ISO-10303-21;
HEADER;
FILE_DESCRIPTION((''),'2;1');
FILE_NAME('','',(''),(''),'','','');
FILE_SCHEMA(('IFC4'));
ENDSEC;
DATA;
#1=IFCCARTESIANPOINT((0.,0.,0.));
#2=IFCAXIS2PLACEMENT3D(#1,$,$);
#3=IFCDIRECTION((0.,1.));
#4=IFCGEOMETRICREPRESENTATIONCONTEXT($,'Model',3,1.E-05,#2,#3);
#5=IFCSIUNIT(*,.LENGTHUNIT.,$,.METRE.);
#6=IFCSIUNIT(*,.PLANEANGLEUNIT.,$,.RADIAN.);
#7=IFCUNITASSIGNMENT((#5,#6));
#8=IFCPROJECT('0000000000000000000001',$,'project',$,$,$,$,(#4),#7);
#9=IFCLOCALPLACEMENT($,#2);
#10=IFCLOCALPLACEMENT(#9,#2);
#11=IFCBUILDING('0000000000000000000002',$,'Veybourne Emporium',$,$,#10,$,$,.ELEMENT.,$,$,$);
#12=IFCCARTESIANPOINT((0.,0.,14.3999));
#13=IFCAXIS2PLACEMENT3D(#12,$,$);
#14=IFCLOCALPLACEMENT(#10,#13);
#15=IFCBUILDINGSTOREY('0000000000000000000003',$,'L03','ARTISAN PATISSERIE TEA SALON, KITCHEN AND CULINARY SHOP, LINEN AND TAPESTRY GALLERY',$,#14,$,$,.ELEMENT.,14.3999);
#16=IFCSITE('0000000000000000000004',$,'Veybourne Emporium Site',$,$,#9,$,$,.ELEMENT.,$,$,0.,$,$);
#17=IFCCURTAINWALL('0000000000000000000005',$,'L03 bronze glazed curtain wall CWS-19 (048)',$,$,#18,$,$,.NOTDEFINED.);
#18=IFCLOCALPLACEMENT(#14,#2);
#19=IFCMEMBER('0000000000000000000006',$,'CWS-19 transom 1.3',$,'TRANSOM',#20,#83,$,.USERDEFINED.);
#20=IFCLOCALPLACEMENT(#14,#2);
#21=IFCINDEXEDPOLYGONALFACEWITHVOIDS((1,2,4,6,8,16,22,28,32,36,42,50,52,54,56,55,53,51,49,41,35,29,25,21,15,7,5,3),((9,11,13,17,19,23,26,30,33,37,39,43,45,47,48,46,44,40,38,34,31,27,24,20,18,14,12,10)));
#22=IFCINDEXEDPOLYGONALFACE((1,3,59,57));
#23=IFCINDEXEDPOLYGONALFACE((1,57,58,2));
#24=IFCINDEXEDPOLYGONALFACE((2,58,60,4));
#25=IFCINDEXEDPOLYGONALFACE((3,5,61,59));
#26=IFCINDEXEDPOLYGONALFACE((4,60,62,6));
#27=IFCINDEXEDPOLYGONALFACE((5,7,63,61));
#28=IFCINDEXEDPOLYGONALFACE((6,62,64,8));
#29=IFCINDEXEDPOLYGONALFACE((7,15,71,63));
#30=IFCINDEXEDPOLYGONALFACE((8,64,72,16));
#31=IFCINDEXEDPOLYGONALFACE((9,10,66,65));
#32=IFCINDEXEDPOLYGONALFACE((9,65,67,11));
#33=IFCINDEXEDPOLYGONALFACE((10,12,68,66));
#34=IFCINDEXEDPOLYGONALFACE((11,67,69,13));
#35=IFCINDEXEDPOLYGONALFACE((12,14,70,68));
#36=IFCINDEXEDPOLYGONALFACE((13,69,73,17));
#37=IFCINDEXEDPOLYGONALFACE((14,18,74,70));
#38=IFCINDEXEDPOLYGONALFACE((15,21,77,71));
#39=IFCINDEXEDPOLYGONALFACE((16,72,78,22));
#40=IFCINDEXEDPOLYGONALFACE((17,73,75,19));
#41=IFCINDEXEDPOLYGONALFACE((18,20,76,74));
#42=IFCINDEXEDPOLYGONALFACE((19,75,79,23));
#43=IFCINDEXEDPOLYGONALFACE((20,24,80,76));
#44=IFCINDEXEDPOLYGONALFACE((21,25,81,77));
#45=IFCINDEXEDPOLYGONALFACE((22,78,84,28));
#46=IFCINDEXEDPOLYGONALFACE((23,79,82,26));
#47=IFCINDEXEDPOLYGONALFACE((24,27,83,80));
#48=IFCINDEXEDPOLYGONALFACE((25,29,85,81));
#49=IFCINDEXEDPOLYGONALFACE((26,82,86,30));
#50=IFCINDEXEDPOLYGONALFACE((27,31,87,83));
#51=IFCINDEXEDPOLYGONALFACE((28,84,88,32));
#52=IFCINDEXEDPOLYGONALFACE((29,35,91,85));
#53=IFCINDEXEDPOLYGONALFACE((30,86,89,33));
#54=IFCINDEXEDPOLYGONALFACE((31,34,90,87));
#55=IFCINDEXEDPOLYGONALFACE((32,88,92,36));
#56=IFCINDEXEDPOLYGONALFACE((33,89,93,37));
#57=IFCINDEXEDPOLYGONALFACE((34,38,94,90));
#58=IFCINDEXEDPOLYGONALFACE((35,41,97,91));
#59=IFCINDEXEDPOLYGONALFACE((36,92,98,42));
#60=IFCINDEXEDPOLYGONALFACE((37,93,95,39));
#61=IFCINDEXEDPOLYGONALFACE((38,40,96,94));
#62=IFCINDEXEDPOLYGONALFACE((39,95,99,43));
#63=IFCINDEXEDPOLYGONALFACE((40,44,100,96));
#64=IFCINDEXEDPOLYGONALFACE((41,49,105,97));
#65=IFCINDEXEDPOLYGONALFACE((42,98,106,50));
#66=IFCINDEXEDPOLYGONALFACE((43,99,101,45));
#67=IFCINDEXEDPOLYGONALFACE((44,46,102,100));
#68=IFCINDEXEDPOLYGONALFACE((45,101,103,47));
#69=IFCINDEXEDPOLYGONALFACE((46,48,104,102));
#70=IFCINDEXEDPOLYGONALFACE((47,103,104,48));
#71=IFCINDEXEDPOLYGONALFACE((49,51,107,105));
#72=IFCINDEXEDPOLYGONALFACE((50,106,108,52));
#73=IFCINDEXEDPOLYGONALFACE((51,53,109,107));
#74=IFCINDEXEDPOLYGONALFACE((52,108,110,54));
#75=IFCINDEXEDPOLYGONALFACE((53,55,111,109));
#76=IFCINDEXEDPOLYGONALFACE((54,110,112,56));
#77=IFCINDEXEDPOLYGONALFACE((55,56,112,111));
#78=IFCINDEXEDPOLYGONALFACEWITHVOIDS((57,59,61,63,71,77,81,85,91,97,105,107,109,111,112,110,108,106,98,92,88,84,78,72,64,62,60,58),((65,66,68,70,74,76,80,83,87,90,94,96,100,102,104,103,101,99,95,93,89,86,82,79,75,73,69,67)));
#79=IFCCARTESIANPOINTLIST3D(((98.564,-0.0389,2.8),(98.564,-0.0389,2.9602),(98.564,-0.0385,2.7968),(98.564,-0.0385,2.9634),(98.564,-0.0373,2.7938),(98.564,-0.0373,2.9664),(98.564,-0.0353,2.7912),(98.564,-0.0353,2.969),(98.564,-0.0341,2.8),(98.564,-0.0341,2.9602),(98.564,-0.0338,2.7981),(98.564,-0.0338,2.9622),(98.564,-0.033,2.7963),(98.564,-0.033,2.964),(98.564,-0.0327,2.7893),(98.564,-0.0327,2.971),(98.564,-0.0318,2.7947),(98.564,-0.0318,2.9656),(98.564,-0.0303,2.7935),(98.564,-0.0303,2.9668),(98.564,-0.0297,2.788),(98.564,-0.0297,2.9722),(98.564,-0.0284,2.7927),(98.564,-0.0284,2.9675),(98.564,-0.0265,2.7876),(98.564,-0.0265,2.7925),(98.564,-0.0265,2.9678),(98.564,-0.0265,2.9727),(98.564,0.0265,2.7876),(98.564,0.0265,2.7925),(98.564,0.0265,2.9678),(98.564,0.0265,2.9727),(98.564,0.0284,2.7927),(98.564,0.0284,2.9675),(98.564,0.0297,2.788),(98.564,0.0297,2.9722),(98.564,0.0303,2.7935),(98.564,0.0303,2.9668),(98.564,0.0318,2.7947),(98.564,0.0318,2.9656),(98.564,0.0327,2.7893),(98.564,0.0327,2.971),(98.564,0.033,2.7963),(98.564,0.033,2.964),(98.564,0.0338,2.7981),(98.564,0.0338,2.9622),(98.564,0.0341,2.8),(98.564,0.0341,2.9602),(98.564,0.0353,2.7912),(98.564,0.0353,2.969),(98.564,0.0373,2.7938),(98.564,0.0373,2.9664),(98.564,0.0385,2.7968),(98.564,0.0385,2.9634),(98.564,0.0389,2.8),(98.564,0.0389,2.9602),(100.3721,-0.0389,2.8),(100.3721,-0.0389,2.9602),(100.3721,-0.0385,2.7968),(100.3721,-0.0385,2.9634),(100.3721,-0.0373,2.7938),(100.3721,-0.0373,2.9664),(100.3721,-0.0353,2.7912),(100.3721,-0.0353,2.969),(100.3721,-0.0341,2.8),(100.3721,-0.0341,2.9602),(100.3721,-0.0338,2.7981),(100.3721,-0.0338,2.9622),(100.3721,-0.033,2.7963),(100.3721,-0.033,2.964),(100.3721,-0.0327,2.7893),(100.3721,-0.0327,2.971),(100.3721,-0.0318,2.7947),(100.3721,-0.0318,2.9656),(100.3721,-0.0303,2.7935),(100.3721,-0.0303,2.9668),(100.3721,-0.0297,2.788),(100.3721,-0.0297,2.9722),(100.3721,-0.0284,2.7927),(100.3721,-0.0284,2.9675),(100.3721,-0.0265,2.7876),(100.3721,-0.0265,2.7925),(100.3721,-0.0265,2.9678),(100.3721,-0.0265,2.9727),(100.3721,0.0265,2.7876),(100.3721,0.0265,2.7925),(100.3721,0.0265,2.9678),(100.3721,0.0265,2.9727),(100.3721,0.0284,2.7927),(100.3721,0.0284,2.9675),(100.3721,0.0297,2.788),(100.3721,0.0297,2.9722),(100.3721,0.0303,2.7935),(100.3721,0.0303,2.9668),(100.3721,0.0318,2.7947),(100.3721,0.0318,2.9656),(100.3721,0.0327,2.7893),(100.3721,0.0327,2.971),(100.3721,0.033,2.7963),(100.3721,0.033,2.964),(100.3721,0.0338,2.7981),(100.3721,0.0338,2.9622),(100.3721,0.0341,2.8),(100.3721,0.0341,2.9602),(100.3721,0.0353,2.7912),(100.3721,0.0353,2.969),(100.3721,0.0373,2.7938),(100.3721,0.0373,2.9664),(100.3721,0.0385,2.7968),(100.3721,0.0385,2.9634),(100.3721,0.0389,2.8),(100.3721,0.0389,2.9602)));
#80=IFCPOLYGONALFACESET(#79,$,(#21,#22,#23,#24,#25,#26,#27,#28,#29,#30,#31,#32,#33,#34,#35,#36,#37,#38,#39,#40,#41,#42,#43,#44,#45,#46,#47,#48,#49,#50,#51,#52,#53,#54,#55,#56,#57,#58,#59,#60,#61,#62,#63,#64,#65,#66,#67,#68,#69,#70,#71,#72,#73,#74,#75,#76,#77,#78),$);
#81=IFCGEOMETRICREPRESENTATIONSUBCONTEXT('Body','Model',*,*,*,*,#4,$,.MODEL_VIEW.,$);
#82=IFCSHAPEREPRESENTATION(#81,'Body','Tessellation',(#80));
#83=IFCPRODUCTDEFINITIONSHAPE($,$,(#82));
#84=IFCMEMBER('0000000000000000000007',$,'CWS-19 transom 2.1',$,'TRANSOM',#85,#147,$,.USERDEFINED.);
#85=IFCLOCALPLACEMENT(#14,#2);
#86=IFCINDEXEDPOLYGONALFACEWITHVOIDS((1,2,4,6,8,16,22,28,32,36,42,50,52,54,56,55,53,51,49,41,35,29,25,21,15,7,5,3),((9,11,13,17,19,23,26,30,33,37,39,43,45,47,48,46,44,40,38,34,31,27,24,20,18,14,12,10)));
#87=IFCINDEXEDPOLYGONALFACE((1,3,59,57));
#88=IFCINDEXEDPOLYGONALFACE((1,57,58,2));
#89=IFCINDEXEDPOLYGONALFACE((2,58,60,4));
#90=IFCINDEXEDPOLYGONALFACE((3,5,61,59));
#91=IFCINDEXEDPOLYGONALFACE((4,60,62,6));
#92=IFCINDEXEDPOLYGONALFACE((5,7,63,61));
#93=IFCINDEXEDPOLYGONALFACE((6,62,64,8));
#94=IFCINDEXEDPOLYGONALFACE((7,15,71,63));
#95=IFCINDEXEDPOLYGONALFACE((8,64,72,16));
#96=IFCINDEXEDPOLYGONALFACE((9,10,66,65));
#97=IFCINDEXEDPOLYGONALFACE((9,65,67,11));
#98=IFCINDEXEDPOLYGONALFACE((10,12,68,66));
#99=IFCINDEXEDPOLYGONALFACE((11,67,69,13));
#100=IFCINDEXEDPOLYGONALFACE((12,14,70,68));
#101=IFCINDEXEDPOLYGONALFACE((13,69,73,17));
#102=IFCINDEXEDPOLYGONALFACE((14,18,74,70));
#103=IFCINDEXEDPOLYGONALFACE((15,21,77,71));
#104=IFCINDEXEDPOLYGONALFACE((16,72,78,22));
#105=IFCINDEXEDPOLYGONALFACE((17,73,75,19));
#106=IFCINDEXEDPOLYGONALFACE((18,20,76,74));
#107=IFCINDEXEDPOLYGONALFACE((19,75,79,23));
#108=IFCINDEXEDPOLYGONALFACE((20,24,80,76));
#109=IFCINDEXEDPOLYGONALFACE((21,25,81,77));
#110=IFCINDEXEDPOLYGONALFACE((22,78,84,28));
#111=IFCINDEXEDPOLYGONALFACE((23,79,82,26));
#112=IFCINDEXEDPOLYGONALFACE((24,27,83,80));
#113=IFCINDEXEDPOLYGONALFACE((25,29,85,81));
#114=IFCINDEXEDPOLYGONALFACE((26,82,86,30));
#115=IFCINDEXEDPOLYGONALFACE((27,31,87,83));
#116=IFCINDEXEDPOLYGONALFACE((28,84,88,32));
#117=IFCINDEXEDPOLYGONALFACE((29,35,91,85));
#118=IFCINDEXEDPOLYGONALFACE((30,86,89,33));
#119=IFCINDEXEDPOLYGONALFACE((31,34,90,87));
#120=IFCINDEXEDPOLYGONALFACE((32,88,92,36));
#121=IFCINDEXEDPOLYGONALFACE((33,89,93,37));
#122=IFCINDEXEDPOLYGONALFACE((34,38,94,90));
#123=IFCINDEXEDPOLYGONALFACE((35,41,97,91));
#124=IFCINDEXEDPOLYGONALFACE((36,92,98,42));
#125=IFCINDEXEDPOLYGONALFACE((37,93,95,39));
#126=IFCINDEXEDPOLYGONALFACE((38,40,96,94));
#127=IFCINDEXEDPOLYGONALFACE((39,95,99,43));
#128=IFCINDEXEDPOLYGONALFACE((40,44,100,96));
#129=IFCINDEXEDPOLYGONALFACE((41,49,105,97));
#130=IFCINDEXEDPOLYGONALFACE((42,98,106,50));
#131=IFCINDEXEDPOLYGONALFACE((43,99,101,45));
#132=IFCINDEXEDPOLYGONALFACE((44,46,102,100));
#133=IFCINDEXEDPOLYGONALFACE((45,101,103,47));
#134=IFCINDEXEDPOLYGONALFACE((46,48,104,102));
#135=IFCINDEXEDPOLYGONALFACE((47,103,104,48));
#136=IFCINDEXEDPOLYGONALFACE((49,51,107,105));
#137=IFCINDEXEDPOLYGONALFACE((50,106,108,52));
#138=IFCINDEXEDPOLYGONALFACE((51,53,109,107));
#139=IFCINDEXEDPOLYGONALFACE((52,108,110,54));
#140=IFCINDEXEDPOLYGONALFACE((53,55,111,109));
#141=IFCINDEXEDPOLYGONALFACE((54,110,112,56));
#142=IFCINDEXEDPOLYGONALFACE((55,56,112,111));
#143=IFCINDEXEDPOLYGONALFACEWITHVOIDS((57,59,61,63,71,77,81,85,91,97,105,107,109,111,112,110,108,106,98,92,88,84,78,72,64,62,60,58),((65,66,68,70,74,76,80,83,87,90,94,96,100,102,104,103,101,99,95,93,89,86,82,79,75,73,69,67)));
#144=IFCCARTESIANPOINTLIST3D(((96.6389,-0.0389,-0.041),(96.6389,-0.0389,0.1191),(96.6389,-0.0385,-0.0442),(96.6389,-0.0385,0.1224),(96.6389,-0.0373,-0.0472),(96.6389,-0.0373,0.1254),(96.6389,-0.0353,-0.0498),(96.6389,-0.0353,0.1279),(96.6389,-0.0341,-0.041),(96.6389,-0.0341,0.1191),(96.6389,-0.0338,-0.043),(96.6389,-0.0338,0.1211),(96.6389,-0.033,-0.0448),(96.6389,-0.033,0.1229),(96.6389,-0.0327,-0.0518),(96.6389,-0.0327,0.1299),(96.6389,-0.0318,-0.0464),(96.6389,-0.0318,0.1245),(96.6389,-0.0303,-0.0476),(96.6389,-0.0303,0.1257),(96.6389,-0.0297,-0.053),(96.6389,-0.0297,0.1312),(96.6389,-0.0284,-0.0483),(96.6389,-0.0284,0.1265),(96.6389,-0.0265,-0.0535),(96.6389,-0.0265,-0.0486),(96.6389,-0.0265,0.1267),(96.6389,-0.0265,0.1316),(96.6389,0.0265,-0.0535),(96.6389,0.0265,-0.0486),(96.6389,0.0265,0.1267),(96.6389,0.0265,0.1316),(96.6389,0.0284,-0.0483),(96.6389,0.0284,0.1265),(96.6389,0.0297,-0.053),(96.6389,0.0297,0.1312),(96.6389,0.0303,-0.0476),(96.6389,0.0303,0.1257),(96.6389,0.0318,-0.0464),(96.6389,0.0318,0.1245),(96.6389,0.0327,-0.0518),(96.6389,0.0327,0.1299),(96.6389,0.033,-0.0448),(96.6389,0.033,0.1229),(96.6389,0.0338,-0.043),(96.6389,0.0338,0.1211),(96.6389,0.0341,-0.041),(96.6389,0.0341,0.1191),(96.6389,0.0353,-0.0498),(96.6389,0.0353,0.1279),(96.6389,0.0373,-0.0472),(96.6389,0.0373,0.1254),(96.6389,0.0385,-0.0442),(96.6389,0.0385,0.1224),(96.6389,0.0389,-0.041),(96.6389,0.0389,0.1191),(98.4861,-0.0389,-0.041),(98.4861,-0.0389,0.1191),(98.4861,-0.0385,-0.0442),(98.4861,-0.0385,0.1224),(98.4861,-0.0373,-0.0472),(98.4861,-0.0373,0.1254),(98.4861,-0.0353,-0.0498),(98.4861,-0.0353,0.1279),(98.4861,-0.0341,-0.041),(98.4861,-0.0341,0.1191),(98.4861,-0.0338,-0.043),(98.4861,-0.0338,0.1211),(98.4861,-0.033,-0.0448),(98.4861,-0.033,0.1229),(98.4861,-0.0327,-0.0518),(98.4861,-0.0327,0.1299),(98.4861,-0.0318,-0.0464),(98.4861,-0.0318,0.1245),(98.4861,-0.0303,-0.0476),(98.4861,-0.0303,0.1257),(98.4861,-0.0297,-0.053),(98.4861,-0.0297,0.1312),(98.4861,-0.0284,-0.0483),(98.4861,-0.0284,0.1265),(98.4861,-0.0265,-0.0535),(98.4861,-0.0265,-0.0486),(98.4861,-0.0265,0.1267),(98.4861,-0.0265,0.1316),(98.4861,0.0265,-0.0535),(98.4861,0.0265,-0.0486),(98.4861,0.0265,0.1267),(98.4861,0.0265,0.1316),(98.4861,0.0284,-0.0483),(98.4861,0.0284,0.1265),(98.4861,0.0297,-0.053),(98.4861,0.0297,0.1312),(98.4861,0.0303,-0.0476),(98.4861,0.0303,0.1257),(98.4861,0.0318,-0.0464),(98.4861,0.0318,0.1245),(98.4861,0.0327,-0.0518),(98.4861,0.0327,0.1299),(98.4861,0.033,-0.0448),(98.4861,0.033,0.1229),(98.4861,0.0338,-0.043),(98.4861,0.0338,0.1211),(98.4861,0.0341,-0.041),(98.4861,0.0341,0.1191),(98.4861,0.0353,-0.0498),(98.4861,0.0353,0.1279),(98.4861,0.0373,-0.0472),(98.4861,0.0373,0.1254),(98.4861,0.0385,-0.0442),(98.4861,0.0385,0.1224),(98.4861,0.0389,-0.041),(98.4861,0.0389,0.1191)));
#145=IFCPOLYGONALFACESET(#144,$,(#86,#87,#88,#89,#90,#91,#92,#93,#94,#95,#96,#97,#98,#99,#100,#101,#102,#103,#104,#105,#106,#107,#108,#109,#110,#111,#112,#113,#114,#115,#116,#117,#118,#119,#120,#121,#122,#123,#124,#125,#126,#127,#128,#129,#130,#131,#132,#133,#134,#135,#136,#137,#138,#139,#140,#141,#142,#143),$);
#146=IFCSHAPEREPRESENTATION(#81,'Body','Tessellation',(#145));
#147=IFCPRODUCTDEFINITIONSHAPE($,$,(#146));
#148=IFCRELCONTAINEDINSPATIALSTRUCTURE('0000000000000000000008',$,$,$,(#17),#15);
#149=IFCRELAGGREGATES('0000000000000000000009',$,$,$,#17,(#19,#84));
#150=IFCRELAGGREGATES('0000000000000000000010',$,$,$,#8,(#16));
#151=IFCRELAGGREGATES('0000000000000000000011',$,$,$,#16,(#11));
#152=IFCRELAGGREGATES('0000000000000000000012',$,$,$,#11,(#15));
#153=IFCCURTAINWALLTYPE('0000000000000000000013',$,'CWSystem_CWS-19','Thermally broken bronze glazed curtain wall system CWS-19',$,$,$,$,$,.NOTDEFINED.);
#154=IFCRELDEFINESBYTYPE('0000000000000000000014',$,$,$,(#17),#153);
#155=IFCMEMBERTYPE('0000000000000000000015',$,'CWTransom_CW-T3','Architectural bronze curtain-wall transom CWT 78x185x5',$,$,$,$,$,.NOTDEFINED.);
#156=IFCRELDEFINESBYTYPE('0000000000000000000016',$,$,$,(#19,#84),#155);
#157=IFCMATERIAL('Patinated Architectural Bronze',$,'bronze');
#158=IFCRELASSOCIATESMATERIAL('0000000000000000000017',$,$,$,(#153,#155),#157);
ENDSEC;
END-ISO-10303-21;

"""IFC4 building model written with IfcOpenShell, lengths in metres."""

from ifc_helpers import new_model, si_unit, direction, frame, origin, origin_2d, place, context, subcontext, project, spatial, hollow_rectangle, extrude, material, material_profile, profile_set, type_object, element, aggregate, save


model = new_model("IFC4")

# Units and contexts
model_context = context("Model", 3, precision=1e-05, world=origin(), true_north=direction((0.0, 1.0)))
body_context = subcontext(model_context, "Body", "Model", "MODEL_VIEW")
ifc_project = project(units=[si_unit("LENGTHUNIT", "METRE"), si_unit("PLANEANGLEUNIT", "RADIAN")], contexts=[model_context])

# Site, building, storey
site_placement = place(None, origin())
site = spatial("IfcSite", under=ifc_project, at=site_placement, Name="Veybourne Emporium Site", CompositionType="ELEMENT", RefElevation=0.0)
building_placement = place(site_placement, origin())
building = spatial("IfcBuilding", under=site, at=building_placement, Name="Veybourne Emporium", CompositionType="ELEMENT")
storey_placement = place(building_placement, frame((0.0, 0.0, 14.3999)))
storey = spatial("IfcBuildingStorey", under=building, at=storey_placement, Name="L03", Description="ARTISAN PATISSERIE TEA SALON, KITCHEN AND CULINARY SHOP, LINEN AND TAPESTRY GALLERY", CompositionType="ELEMENT", Elevation=14.3999)

# Curtain wall, members
ifc_material_1 = material(Name="Patinated Architectural Bronze", Category="bronze")
curtain_wall_type = type_object("IfcCurtainWallType", Name="CWSystem_CWS-19", Description="Thermally broken bronze glazed curtain wall system CWS-19", PredefinedType="NOTDEFINED", material=ifc_material_1)
curtain_wall_placement = place(storey_placement, origin())
curtain_wall = element("IfcCurtainWall", 1, at=curtain_wall_placement, inside=storey, type_object=curtain_wall_type, Name="L03 bronze glazed curtain wall CWS-19 (048)", PredefinedType="NOTDEFINED")
ifc_material_profile_1 = material_profile(ifc_material_1, hollow_rectangle(XDim=0.0779, YDim=0.1851, WallThickness=0.0049, InnerFilletRadius=0.0076, OuterFilletRadius=0.0125, at=origin_2d()), Name="CWT 78x185x5")
ifc_profile_set_1 = profile_set([ifc_material_profile_1], Name="Patinated Architectural Bronze")
member_type_1 = type_object("IfcMemberType", Name="CWTransom_CW-T3", Description="Architectural bronze curtain-wall transom CWT 78x185x5", PredefinedType="NOTDEFINED", material=ifc_profile_set_1)
member_1_placement = place(storey_placement, frame((100.3721, 0.0, 2.8801), z_axis=(-1.0, 0.0, 0.0), x_axis=(0.0, -1.0, 0.0)))
member_1 = element("IfcMember", 2, at=member_1_placement, type_object=member_type_1, Name="CWS-19 transom 1.3", ObjectType="TRANSOM", PredefinedType="USERDEFINED", context=body_context, shape_type="SweptSolid", body=[
    extrude(hollow_rectangle(XDim=0.0779, YDim=0.1851, WallThickness=0.0049, InnerFilletRadius=0.0076, OuterFilletRadius=0.0125, at=origin_2d()), origin(), (0.0, 0.0, 1.0), 1.8081),
])
member_2_placement = place(storey_placement, frame((98.4861, 0.0, 0.0391), z_axis=(-1.0, 0.0, 0.0), x_axis=(0.0, -1.0, 0.0)))
member_2 = element("IfcMember", 3, at=member_2_placement, type_object=member_type_1, Name="CWS-19 transom 2.1", ObjectType="TRANSOM", PredefinedType="USERDEFINED", context=body_context, shape_type="SweptSolid", body=[
    extrude(hollow_rectangle(XDim=0.0779, YDim=0.1851, WallThickness=0.0049, InnerFilletRadius=0.0076, OuterFilletRadius=0.0125, at=origin_2d()), origin(), (0.0, 0.0, 1.0), 1.8472),
])
aggregate(curtain_wall, [member_1, member_2])

save(model, "model.ifc")
